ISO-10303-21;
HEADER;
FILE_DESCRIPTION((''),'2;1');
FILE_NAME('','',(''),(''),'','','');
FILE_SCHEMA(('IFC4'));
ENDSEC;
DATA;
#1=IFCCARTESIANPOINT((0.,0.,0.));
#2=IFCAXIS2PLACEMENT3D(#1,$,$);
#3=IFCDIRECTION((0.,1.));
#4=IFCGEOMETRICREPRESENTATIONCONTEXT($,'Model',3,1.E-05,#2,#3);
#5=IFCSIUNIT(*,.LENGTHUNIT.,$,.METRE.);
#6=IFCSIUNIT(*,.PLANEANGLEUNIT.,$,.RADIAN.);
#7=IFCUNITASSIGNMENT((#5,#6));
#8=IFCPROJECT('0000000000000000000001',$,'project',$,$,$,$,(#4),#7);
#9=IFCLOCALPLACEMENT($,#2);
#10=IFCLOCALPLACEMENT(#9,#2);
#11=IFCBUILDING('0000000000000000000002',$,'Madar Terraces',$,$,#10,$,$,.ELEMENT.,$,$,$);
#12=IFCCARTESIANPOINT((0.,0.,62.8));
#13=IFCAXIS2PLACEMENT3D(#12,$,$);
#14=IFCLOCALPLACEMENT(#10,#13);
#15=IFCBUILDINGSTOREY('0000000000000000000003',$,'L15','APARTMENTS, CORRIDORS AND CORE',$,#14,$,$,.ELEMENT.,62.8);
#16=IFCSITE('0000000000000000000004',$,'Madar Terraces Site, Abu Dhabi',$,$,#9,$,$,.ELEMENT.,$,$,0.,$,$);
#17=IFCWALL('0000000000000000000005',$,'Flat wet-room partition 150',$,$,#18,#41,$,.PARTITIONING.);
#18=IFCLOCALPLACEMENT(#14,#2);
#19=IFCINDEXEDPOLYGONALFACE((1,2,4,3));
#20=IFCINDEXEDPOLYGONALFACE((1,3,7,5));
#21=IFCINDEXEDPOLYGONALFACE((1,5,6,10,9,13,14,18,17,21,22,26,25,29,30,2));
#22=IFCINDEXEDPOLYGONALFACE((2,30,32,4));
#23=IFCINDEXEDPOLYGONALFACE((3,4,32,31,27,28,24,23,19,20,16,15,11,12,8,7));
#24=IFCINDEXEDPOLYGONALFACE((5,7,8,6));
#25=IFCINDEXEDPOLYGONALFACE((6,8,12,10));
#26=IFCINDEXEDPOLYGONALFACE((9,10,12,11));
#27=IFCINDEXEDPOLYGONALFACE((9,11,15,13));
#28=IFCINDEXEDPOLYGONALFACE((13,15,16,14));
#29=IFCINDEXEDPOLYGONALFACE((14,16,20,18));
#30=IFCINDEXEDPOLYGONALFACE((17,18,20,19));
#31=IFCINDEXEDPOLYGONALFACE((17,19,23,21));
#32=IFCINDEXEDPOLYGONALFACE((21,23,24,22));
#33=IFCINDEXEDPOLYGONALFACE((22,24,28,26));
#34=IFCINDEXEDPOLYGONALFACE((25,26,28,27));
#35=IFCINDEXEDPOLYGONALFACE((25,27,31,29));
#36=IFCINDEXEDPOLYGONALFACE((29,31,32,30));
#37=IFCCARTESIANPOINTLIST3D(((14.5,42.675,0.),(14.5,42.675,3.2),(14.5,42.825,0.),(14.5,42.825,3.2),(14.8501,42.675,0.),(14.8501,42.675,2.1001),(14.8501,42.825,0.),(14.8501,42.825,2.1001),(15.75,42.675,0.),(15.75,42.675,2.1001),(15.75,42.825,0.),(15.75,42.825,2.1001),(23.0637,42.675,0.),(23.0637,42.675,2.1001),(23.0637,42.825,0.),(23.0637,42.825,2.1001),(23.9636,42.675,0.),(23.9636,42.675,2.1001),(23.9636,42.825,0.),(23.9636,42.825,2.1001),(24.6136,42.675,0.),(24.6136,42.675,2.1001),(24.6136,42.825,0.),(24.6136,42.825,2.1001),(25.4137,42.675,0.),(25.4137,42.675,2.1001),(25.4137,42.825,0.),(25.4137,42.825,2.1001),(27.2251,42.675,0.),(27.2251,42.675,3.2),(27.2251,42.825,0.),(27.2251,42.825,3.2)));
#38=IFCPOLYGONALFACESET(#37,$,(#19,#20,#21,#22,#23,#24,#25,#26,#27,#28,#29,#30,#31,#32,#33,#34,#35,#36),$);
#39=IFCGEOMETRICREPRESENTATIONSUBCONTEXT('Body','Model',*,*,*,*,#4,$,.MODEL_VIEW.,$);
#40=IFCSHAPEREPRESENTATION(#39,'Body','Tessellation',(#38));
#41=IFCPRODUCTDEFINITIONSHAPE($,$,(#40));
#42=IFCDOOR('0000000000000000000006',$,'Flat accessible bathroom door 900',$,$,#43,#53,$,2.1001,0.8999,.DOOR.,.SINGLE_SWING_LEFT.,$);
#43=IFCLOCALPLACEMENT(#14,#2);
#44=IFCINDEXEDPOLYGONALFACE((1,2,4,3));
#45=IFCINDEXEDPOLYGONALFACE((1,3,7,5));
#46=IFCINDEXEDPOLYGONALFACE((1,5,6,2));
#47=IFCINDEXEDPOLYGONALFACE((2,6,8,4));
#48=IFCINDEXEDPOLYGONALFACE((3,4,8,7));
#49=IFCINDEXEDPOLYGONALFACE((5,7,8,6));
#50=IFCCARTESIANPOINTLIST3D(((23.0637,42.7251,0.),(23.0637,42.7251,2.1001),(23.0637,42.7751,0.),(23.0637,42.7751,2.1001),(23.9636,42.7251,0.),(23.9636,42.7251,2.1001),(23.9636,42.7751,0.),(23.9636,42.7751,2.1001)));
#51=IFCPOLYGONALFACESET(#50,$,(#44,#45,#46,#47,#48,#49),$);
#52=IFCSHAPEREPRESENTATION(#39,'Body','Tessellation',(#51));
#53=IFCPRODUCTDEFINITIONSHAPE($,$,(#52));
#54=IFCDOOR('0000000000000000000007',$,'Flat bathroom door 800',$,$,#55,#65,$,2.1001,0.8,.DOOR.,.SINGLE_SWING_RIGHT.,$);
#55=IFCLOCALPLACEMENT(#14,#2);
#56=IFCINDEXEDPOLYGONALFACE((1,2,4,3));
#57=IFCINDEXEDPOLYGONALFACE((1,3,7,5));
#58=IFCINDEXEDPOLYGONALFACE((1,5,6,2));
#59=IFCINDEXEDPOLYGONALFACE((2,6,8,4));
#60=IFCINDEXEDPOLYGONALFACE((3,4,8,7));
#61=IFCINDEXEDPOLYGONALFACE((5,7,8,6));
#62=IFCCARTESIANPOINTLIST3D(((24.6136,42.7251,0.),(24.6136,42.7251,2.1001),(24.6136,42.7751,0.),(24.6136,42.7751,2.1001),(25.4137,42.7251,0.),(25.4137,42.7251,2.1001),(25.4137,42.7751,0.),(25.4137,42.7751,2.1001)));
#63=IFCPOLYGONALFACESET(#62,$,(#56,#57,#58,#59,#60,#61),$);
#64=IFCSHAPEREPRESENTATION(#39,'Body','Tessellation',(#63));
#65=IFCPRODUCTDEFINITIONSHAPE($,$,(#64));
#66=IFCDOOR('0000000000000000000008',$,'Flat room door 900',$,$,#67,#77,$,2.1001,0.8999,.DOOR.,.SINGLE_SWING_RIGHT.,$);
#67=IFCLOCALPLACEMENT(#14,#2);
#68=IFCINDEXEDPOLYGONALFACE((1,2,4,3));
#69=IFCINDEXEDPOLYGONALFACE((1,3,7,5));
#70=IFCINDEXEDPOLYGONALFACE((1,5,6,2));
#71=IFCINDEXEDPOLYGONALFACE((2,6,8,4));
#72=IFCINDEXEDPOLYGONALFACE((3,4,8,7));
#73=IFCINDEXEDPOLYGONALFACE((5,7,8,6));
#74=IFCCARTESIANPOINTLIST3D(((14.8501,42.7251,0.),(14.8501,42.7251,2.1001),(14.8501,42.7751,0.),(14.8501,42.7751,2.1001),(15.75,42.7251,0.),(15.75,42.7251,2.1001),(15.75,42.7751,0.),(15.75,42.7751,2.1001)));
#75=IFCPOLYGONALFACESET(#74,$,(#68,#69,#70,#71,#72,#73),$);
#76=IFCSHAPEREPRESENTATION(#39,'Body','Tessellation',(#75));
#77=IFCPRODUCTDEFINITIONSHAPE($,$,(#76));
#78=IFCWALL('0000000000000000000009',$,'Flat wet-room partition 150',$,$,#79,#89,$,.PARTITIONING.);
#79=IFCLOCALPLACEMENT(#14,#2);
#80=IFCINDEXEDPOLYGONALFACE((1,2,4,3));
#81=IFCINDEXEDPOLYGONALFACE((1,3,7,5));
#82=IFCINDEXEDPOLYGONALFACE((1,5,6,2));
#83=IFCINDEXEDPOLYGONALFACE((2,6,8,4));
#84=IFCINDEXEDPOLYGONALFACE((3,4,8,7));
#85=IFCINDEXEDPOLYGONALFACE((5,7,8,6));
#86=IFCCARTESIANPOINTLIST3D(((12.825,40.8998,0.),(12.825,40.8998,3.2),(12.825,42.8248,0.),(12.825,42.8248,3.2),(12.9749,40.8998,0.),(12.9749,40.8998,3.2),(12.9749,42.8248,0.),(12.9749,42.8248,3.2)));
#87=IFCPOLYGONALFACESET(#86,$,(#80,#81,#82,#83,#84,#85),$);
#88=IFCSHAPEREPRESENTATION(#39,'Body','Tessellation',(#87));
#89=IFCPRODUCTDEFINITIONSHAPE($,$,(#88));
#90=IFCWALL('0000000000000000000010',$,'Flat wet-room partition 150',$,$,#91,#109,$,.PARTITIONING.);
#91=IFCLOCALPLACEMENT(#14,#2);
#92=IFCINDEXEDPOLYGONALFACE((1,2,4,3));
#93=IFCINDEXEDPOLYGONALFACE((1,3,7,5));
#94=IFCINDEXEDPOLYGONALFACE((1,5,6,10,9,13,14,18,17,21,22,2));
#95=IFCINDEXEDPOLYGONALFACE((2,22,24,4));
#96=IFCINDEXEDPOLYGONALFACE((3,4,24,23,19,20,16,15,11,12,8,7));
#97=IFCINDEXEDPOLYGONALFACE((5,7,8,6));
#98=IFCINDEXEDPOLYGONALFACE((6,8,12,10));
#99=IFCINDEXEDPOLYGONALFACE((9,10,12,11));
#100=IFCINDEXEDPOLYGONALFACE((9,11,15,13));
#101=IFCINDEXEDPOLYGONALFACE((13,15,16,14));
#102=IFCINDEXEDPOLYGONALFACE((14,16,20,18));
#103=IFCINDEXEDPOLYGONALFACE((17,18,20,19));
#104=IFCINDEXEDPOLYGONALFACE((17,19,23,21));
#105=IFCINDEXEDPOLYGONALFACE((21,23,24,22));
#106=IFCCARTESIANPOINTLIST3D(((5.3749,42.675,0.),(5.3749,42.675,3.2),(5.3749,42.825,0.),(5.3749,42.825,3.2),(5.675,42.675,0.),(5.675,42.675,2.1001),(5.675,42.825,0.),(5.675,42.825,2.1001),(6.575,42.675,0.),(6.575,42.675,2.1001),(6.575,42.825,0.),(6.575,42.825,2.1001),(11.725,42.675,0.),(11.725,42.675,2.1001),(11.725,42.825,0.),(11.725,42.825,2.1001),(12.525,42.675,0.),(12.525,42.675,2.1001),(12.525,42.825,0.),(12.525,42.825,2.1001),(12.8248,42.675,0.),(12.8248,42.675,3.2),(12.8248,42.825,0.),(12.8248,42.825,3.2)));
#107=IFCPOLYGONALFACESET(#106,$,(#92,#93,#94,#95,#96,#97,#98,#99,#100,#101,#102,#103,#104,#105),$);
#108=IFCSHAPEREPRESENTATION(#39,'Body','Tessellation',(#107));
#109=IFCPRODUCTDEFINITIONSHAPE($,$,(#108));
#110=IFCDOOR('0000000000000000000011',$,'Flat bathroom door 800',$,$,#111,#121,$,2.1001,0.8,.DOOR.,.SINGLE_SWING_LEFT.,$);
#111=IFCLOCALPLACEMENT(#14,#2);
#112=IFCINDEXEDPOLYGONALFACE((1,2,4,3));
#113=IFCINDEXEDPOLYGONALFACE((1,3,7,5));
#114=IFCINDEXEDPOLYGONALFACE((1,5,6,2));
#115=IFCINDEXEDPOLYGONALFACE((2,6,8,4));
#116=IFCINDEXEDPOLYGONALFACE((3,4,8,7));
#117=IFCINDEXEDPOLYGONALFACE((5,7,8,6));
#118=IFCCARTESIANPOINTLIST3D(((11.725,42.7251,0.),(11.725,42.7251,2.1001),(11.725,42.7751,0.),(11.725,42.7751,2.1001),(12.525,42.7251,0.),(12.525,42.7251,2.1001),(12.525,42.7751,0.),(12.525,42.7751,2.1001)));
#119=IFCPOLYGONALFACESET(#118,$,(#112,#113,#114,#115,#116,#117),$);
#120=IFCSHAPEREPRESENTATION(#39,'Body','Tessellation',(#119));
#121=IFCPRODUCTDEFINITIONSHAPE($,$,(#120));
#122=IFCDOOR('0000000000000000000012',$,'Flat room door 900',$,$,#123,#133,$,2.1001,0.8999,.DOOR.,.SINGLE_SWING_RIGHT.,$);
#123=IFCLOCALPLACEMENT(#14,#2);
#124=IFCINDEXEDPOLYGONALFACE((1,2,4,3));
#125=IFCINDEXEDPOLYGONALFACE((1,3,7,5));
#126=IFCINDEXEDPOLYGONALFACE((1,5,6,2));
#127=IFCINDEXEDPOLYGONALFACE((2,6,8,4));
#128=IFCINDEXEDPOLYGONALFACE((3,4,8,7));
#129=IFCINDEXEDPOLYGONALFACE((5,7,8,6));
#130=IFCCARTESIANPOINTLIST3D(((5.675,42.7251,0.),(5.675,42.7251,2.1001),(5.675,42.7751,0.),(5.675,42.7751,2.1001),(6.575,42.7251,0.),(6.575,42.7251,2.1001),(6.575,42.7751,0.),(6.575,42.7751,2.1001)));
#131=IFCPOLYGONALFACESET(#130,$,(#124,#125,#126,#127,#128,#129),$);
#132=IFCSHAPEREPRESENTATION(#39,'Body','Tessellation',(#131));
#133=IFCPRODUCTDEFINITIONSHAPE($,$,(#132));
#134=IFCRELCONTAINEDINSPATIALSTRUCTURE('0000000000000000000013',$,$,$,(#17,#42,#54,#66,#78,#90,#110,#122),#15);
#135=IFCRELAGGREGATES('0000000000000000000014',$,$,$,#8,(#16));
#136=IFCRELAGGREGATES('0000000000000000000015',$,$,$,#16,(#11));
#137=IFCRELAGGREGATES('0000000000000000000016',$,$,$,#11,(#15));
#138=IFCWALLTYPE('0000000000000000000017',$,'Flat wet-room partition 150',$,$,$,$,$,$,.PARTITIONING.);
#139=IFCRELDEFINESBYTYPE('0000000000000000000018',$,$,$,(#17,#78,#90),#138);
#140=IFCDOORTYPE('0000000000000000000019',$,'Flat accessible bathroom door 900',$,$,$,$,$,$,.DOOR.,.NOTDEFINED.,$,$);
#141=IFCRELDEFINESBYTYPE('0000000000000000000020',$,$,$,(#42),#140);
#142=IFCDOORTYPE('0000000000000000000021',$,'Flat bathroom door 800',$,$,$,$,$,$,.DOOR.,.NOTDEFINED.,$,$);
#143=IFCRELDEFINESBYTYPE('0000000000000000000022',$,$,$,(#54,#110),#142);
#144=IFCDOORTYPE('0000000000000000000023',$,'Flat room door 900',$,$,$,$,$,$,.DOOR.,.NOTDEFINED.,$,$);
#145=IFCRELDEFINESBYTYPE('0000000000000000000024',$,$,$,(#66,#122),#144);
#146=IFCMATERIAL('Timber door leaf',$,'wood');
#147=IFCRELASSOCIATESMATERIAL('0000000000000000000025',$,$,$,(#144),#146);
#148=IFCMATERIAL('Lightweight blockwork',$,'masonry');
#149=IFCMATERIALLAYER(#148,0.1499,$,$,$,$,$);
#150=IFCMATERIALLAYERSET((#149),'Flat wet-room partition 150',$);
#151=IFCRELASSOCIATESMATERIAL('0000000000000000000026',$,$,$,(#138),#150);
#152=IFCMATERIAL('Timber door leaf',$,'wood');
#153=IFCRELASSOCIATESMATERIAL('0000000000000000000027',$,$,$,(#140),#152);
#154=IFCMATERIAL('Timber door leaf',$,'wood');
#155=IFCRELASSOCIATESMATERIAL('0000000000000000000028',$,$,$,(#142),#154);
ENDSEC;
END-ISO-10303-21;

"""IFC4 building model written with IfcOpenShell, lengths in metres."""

from ifc_helpers import new_model, si_unit, direction, frame, frame_2d, origin, place, context, subcontext, project, spatial, rectangle, extrude, material, layer, layer_set, type_object, element, fill, save


model = new_model("IFC4")

# Units and contexts
model_context = context("Model", 3, precision=1e-05, world=origin(), true_north=direction((0.0, 1.0)))
body_context = subcontext(model_context, "Body", "Model", "MODEL_VIEW")
ifc_project = project(units=[si_unit("LENGTHUNIT", "METRE"), si_unit("PLANEANGLEUNIT", "RADIAN")], contexts=[model_context])

# Site, building, storey
site_placement = place(None, origin())
site = spatial("IfcSite", under=ifc_project, at=site_placement, Name="Madar Terraces Site, Abu Dhabi", CompositionType="ELEMENT", RefElevation=0.0)
building_placement = place(site_placement, origin())
building = spatial("IfcBuilding", under=site, at=building_placement, Name="Madar Terraces", CompositionType="ELEMENT")
storey_placement = place(building_placement, frame((0.0, 0.0, 62.8)))
storey = spatial("IfcBuildingStorey", under=building, at=storey_placement, Name="L15", Description="APARTMENTS, CORRIDORS AND CORE", CompositionType="ELEMENT", Elevation=62.8)

# Shared definitions
ifc_material_1 = material(Name="Timber door leaf", Category="wood")
door_type_1 = type_object("IfcDoorType", Name="Flat room door 900", OperationType="NOTDEFINED", PredefinedType="DOOR", material=ifc_material_1)

# Shared definitions
ifc_material_2 = material(Name="Lightweight blockwork", Category="masonry")
ifc_layer_1 = layer(ifc_material_2, 0.1499)
ifc_layer_set_1 = layer_set([ifc_layer_1], Name="Flat wet-room partition 150")
wall_type_1 = type_object("IfcWallType", Name="Flat wet-room partition 150", PredefinedType="PARTITIONING", material=ifc_layer_set_1)

# Wall, openings, doors
wall_1_placement = place(storey_placement, frame((27.2251, 42.75, 0.0), z_axis=(0.0, 0.0, 1.0), x_axis=(-1.0, 0.0, 0.0)))
wall_1 = element("IfcWall", 1, at=wall_1_placement, inside=storey, type_object=wall_type_1, Name="Flat wet-room partition 150", PredefinedType="PARTITIONING", context=body_context, shape_type="SweptSolid", body=[
    extrude(rectangle(XDim=12.7251, YDim=0.1499, at=frame_2d((6.3625, 0.0))), origin(), (0.0, 0.0, 1.0), 3.2),
])
opening_1_placement = place(wall_1_placement, frame((1.8115, 0.0, 0.0)))
opening_1 = element("IfcOpeningElement", 2, at=opening_1_placement, cuts=wall_1, PredefinedType="OPENING", context=body_context, shape_type="SweptSolid", body=[
    extrude(rectangle(XDim=0.8, YDim=2.1001, at=frame_2d((0.3999, 1.05))), frame((0.0, 0.085, 0.0), z_axis=(0.0, -1.0, 0.0), x_axis=(1.0, 0.0, 0.0)), (0.0, 0.0, 1.0), 0.1699),
])
opening_2_placement = place(wall_1_placement, frame((3.2615, 0.0, 0.0)))
opening_2 = element("IfcOpeningElement", 3, at=opening_2_placement, cuts=wall_1, PredefinedType="OPENING", context=body_context, shape_type="SweptSolid", body=[
    extrude(rectangle(XDim=0.8999, YDim=2.1001, at=frame_2d((0.45, 1.05))), frame((0.0, 0.085, 0.0), z_axis=(0.0, -1.0, 0.0), x_axis=(1.0, 0.0, 0.0)), (0.0, 0.0, 1.0), 0.1699),
])
opening_3_placement = place(wall_1_placement, frame((11.4751, 0.0, 0.0)))
opening_3 = element("IfcOpeningElement", 4, at=opening_3_placement, cuts=wall_1, PredefinedType="OPENING", context=body_context, shape_type="SweptSolid", body=[
    extrude(rectangle(XDim=0.8999, YDim=2.1001, at=frame_2d((0.45, 1.05))), frame((0.0, 0.085, 0.0), z_axis=(0.0, -1.0, 0.0), x_axis=(1.0, 0.0, 0.0)), (0.0, 0.0, 1.0), 0.1699),
])
ifc_material_3 = material(Name="Timber door leaf", Category="wood")
door_type_2 = type_object("IfcDoorType", Name="Flat accessible bathroom door 900", OperationType="NOTDEFINED", PredefinedType="DOOR", material=ifc_material_3)
door_1_placement = place(opening_2_placement, origin())
door_1 = element("IfcDoor", 5, at=door_1_placement, inside=storey, type_object=door_type_2, Name="Flat accessible bathroom door 900", OperationType="SINGLE_SWING_LEFT", OverallHeight=2.1001, OverallWidth=0.8999, PredefinedType="DOOR", context=body_context, shape_type="SweptSolid", body=[
    extrude(rectangle(XDim=0.8999, YDim=2.1001, at=frame_2d((0.45, 1.05))), frame((0.0, 0.0249, 0.0), z_axis=(0.0, -1.0, 0.0), x_axis=(1.0, 0.0, 0.0)), (0.0, 0.0, 1.0), 0.05),
])
fill(opening_2, door_1)
ifc_material_4 = material(Name="Timber door leaf", Category="wood")
door_type_3 = type_object("IfcDoorType", Name="Flat bathroom door 800", OperationType="NOTDEFINED", PredefinedType="DOOR", material=ifc_material_4)
door_2_placement = place(opening_1_placement, origin())
door_2 = element("IfcDoor", 6, at=door_2_placement, inside=storey, type_object=door_type_3, Name="Flat bathroom door 800", OperationType="SINGLE_SWING_RIGHT", OverallHeight=2.1001, OverallWidth=0.8, PredefinedType="DOOR", context=body_context, shape_type="SweptSolid", body=[
    extrude(rectangle(XDim=0.8, YDim=2.1001, at=frame_2d((0.3999, 1.05))), frame((0.0, 0.0249, 0.0), z_axis=(0.0, -1.0, 0.0), x_axis=(1.0, 0.0, 0.0)), (0.0, 0.0, 1.0), 0.05),
])
fill(opening_1, door_2)
door_3_placement = place(opening_3_placement, origin())
door_3 = element("IfcDoor", 7, at=door_3_placement, inside=storey, type_object=door_type_1, Name="Flat room door 900", OperationType="SINGLE_SWING_RIGHT", OverallHeight=2.1001, OverallWidth=0.8999, PredefinedType="DOOR", context=body_context, shape_type="SweptSolid", body=[
    extrude(rectangle(XDim=0.8999, YDim=2.1001, at=frame_2d((0.45, 1.05))), frame((0.0, 0.0249, 0.0), z_axis=(0.0, -1.0, 0.0), x_axis=(1.0, 0.0, 0.0)), (0.0, 0.0, 1.0), 0.05),
])
fill(opening_3, door_3)

# Wall
wall_2_placement = place(storey_placement, frame((12.8999, 40.8999, 0.0), z_axis=(0.0, 0.0, 1.0), x_axis=(0.0, 1.0, 0.0)))
element("IfcWall", 8, at=wall_2_placement, inside=storey, type_object=wall_type_1, Name="Flat wet-room partition 150", PredefinedType="PARTITIONING", context=body_context, shape_type="SweptSolid", body=[
    extrude(rectangle(XDim=1.925, YDim=0.1499, at=frame_2d((0.9624, 0.0))), origin(), (0.0, 0.0, 1.0), 3.2),
])

# Wall, openings, doors
wall_3_placement = place(storey_placement, frame((12.825, 42.75, 0.0), z_axis=(0.0, 0.0, 1.0), x_axis=(-1.0, 0.0, 0.0)))
wall_3 = element("IfcWall", 9, at=wall_3_placement, inside=storey, type_object=wall_type_1, Name="Flat wet-room partition 150", PredefinedType="PARTITIONING", context=body_context, shape_type="SweptSolid", body=[
    extrude(rectangle(XDim=7.45, YDim=0.1499, at=frame_2d((3.7251, 0.0))), origin(), (0.0, 0.0, 1.0), 3.2),
])
opening_4_placement = place(wall_3_placement, frame((0.3, 0.0, 0.0)))
opening_4 = element("IfcOpeningElement", 10, at=opening_4_placement, cuts=wall_3, PredefinedType="OPENING", context=body_context, shape_type="SweptSolid", body=[
    extrude(rectangle(XDim=0.8, YDim=2.1001, at=frame_2d((0.3999, 1.05))), frame((0.0, 0.085, 0.0), z_axis=(0.0, -1.0, 0.0), x_axis=(1.0, 0.0, 0.0)), (0.0, 0.0, 1.0), 0.1699),
])
opening_5_placement = place(wall_3_placement, frame((6.25, 0.0, 0.0)))
opening_5 = element("IfcOpeningElement", 11, at=opening_5_placement, cuts=wall_3, PredefinedType="OPENING", context=body_context, shape_type="SweptSolid", body=[
    extrude(rectangle(XDim=0.8999, YDim=2.1001, at=frame_2d((0.45, 1.05))), frame((0.0, 0.085, 0.0), z_axis=(0.0, -1.0, 0.0), x_axis=(1.0, 0.0, 0.0)), (0.0, 0.0, 1.0), 0.1699),
])
door_4_placement = place(opening_4_placement, origin())
door_4 = element("IfcDoor", 12, at=door_4_placement, inside=storey, type_object=door_type_3, Name="Flat bathroom door 800", OperationType="SINGLE_SWING_LEFT", OverallHeight=2.1001, OverallWidth=0.8, PredefinedType="DOOR", context=body_context, shape_type="SweptSolid", body=[
    extrude(rectangle(XDim=0.8, YDim=2.1001, at=frame_2d((0.3999, 1.05))), frame((0.0, 0.0249, 0.0), z_axis=(0.0, -1.0, 0.0), x_axis=(1.0, 0.0, 0.0)), (0.0, 0.0, 1.0), 0.05),
])
fill(opening_4, door_4)
door_5_placement = place(opening_5_placement, origin())
door_5 = element("IfcDoor", 13, at=door_5_placement, inside=storey, type_object=door_type_1, Name="Flat room door 900", OperationType="SINGLE_SWING_RIGHT", OverallHeight=2.1001, OverallWidth=0.8999, PredefinedType="DOOR", context=body_context, shape_type="SweptSolid", body=[
    extrude(rectangle(XDim=0.8999, YDim=2.1001, at=frame_2d((0.45, 1.05))), frame((0.0, 0.0249, 0.0), z_axis=(0.0, -1.0, 0.0), x_axis=(1.0, 0.0, 0.0)), (0.0, 0.0, 1.0), 0.05),
])
fill(opening_5, door_5)

save(model, "model.ifc")
